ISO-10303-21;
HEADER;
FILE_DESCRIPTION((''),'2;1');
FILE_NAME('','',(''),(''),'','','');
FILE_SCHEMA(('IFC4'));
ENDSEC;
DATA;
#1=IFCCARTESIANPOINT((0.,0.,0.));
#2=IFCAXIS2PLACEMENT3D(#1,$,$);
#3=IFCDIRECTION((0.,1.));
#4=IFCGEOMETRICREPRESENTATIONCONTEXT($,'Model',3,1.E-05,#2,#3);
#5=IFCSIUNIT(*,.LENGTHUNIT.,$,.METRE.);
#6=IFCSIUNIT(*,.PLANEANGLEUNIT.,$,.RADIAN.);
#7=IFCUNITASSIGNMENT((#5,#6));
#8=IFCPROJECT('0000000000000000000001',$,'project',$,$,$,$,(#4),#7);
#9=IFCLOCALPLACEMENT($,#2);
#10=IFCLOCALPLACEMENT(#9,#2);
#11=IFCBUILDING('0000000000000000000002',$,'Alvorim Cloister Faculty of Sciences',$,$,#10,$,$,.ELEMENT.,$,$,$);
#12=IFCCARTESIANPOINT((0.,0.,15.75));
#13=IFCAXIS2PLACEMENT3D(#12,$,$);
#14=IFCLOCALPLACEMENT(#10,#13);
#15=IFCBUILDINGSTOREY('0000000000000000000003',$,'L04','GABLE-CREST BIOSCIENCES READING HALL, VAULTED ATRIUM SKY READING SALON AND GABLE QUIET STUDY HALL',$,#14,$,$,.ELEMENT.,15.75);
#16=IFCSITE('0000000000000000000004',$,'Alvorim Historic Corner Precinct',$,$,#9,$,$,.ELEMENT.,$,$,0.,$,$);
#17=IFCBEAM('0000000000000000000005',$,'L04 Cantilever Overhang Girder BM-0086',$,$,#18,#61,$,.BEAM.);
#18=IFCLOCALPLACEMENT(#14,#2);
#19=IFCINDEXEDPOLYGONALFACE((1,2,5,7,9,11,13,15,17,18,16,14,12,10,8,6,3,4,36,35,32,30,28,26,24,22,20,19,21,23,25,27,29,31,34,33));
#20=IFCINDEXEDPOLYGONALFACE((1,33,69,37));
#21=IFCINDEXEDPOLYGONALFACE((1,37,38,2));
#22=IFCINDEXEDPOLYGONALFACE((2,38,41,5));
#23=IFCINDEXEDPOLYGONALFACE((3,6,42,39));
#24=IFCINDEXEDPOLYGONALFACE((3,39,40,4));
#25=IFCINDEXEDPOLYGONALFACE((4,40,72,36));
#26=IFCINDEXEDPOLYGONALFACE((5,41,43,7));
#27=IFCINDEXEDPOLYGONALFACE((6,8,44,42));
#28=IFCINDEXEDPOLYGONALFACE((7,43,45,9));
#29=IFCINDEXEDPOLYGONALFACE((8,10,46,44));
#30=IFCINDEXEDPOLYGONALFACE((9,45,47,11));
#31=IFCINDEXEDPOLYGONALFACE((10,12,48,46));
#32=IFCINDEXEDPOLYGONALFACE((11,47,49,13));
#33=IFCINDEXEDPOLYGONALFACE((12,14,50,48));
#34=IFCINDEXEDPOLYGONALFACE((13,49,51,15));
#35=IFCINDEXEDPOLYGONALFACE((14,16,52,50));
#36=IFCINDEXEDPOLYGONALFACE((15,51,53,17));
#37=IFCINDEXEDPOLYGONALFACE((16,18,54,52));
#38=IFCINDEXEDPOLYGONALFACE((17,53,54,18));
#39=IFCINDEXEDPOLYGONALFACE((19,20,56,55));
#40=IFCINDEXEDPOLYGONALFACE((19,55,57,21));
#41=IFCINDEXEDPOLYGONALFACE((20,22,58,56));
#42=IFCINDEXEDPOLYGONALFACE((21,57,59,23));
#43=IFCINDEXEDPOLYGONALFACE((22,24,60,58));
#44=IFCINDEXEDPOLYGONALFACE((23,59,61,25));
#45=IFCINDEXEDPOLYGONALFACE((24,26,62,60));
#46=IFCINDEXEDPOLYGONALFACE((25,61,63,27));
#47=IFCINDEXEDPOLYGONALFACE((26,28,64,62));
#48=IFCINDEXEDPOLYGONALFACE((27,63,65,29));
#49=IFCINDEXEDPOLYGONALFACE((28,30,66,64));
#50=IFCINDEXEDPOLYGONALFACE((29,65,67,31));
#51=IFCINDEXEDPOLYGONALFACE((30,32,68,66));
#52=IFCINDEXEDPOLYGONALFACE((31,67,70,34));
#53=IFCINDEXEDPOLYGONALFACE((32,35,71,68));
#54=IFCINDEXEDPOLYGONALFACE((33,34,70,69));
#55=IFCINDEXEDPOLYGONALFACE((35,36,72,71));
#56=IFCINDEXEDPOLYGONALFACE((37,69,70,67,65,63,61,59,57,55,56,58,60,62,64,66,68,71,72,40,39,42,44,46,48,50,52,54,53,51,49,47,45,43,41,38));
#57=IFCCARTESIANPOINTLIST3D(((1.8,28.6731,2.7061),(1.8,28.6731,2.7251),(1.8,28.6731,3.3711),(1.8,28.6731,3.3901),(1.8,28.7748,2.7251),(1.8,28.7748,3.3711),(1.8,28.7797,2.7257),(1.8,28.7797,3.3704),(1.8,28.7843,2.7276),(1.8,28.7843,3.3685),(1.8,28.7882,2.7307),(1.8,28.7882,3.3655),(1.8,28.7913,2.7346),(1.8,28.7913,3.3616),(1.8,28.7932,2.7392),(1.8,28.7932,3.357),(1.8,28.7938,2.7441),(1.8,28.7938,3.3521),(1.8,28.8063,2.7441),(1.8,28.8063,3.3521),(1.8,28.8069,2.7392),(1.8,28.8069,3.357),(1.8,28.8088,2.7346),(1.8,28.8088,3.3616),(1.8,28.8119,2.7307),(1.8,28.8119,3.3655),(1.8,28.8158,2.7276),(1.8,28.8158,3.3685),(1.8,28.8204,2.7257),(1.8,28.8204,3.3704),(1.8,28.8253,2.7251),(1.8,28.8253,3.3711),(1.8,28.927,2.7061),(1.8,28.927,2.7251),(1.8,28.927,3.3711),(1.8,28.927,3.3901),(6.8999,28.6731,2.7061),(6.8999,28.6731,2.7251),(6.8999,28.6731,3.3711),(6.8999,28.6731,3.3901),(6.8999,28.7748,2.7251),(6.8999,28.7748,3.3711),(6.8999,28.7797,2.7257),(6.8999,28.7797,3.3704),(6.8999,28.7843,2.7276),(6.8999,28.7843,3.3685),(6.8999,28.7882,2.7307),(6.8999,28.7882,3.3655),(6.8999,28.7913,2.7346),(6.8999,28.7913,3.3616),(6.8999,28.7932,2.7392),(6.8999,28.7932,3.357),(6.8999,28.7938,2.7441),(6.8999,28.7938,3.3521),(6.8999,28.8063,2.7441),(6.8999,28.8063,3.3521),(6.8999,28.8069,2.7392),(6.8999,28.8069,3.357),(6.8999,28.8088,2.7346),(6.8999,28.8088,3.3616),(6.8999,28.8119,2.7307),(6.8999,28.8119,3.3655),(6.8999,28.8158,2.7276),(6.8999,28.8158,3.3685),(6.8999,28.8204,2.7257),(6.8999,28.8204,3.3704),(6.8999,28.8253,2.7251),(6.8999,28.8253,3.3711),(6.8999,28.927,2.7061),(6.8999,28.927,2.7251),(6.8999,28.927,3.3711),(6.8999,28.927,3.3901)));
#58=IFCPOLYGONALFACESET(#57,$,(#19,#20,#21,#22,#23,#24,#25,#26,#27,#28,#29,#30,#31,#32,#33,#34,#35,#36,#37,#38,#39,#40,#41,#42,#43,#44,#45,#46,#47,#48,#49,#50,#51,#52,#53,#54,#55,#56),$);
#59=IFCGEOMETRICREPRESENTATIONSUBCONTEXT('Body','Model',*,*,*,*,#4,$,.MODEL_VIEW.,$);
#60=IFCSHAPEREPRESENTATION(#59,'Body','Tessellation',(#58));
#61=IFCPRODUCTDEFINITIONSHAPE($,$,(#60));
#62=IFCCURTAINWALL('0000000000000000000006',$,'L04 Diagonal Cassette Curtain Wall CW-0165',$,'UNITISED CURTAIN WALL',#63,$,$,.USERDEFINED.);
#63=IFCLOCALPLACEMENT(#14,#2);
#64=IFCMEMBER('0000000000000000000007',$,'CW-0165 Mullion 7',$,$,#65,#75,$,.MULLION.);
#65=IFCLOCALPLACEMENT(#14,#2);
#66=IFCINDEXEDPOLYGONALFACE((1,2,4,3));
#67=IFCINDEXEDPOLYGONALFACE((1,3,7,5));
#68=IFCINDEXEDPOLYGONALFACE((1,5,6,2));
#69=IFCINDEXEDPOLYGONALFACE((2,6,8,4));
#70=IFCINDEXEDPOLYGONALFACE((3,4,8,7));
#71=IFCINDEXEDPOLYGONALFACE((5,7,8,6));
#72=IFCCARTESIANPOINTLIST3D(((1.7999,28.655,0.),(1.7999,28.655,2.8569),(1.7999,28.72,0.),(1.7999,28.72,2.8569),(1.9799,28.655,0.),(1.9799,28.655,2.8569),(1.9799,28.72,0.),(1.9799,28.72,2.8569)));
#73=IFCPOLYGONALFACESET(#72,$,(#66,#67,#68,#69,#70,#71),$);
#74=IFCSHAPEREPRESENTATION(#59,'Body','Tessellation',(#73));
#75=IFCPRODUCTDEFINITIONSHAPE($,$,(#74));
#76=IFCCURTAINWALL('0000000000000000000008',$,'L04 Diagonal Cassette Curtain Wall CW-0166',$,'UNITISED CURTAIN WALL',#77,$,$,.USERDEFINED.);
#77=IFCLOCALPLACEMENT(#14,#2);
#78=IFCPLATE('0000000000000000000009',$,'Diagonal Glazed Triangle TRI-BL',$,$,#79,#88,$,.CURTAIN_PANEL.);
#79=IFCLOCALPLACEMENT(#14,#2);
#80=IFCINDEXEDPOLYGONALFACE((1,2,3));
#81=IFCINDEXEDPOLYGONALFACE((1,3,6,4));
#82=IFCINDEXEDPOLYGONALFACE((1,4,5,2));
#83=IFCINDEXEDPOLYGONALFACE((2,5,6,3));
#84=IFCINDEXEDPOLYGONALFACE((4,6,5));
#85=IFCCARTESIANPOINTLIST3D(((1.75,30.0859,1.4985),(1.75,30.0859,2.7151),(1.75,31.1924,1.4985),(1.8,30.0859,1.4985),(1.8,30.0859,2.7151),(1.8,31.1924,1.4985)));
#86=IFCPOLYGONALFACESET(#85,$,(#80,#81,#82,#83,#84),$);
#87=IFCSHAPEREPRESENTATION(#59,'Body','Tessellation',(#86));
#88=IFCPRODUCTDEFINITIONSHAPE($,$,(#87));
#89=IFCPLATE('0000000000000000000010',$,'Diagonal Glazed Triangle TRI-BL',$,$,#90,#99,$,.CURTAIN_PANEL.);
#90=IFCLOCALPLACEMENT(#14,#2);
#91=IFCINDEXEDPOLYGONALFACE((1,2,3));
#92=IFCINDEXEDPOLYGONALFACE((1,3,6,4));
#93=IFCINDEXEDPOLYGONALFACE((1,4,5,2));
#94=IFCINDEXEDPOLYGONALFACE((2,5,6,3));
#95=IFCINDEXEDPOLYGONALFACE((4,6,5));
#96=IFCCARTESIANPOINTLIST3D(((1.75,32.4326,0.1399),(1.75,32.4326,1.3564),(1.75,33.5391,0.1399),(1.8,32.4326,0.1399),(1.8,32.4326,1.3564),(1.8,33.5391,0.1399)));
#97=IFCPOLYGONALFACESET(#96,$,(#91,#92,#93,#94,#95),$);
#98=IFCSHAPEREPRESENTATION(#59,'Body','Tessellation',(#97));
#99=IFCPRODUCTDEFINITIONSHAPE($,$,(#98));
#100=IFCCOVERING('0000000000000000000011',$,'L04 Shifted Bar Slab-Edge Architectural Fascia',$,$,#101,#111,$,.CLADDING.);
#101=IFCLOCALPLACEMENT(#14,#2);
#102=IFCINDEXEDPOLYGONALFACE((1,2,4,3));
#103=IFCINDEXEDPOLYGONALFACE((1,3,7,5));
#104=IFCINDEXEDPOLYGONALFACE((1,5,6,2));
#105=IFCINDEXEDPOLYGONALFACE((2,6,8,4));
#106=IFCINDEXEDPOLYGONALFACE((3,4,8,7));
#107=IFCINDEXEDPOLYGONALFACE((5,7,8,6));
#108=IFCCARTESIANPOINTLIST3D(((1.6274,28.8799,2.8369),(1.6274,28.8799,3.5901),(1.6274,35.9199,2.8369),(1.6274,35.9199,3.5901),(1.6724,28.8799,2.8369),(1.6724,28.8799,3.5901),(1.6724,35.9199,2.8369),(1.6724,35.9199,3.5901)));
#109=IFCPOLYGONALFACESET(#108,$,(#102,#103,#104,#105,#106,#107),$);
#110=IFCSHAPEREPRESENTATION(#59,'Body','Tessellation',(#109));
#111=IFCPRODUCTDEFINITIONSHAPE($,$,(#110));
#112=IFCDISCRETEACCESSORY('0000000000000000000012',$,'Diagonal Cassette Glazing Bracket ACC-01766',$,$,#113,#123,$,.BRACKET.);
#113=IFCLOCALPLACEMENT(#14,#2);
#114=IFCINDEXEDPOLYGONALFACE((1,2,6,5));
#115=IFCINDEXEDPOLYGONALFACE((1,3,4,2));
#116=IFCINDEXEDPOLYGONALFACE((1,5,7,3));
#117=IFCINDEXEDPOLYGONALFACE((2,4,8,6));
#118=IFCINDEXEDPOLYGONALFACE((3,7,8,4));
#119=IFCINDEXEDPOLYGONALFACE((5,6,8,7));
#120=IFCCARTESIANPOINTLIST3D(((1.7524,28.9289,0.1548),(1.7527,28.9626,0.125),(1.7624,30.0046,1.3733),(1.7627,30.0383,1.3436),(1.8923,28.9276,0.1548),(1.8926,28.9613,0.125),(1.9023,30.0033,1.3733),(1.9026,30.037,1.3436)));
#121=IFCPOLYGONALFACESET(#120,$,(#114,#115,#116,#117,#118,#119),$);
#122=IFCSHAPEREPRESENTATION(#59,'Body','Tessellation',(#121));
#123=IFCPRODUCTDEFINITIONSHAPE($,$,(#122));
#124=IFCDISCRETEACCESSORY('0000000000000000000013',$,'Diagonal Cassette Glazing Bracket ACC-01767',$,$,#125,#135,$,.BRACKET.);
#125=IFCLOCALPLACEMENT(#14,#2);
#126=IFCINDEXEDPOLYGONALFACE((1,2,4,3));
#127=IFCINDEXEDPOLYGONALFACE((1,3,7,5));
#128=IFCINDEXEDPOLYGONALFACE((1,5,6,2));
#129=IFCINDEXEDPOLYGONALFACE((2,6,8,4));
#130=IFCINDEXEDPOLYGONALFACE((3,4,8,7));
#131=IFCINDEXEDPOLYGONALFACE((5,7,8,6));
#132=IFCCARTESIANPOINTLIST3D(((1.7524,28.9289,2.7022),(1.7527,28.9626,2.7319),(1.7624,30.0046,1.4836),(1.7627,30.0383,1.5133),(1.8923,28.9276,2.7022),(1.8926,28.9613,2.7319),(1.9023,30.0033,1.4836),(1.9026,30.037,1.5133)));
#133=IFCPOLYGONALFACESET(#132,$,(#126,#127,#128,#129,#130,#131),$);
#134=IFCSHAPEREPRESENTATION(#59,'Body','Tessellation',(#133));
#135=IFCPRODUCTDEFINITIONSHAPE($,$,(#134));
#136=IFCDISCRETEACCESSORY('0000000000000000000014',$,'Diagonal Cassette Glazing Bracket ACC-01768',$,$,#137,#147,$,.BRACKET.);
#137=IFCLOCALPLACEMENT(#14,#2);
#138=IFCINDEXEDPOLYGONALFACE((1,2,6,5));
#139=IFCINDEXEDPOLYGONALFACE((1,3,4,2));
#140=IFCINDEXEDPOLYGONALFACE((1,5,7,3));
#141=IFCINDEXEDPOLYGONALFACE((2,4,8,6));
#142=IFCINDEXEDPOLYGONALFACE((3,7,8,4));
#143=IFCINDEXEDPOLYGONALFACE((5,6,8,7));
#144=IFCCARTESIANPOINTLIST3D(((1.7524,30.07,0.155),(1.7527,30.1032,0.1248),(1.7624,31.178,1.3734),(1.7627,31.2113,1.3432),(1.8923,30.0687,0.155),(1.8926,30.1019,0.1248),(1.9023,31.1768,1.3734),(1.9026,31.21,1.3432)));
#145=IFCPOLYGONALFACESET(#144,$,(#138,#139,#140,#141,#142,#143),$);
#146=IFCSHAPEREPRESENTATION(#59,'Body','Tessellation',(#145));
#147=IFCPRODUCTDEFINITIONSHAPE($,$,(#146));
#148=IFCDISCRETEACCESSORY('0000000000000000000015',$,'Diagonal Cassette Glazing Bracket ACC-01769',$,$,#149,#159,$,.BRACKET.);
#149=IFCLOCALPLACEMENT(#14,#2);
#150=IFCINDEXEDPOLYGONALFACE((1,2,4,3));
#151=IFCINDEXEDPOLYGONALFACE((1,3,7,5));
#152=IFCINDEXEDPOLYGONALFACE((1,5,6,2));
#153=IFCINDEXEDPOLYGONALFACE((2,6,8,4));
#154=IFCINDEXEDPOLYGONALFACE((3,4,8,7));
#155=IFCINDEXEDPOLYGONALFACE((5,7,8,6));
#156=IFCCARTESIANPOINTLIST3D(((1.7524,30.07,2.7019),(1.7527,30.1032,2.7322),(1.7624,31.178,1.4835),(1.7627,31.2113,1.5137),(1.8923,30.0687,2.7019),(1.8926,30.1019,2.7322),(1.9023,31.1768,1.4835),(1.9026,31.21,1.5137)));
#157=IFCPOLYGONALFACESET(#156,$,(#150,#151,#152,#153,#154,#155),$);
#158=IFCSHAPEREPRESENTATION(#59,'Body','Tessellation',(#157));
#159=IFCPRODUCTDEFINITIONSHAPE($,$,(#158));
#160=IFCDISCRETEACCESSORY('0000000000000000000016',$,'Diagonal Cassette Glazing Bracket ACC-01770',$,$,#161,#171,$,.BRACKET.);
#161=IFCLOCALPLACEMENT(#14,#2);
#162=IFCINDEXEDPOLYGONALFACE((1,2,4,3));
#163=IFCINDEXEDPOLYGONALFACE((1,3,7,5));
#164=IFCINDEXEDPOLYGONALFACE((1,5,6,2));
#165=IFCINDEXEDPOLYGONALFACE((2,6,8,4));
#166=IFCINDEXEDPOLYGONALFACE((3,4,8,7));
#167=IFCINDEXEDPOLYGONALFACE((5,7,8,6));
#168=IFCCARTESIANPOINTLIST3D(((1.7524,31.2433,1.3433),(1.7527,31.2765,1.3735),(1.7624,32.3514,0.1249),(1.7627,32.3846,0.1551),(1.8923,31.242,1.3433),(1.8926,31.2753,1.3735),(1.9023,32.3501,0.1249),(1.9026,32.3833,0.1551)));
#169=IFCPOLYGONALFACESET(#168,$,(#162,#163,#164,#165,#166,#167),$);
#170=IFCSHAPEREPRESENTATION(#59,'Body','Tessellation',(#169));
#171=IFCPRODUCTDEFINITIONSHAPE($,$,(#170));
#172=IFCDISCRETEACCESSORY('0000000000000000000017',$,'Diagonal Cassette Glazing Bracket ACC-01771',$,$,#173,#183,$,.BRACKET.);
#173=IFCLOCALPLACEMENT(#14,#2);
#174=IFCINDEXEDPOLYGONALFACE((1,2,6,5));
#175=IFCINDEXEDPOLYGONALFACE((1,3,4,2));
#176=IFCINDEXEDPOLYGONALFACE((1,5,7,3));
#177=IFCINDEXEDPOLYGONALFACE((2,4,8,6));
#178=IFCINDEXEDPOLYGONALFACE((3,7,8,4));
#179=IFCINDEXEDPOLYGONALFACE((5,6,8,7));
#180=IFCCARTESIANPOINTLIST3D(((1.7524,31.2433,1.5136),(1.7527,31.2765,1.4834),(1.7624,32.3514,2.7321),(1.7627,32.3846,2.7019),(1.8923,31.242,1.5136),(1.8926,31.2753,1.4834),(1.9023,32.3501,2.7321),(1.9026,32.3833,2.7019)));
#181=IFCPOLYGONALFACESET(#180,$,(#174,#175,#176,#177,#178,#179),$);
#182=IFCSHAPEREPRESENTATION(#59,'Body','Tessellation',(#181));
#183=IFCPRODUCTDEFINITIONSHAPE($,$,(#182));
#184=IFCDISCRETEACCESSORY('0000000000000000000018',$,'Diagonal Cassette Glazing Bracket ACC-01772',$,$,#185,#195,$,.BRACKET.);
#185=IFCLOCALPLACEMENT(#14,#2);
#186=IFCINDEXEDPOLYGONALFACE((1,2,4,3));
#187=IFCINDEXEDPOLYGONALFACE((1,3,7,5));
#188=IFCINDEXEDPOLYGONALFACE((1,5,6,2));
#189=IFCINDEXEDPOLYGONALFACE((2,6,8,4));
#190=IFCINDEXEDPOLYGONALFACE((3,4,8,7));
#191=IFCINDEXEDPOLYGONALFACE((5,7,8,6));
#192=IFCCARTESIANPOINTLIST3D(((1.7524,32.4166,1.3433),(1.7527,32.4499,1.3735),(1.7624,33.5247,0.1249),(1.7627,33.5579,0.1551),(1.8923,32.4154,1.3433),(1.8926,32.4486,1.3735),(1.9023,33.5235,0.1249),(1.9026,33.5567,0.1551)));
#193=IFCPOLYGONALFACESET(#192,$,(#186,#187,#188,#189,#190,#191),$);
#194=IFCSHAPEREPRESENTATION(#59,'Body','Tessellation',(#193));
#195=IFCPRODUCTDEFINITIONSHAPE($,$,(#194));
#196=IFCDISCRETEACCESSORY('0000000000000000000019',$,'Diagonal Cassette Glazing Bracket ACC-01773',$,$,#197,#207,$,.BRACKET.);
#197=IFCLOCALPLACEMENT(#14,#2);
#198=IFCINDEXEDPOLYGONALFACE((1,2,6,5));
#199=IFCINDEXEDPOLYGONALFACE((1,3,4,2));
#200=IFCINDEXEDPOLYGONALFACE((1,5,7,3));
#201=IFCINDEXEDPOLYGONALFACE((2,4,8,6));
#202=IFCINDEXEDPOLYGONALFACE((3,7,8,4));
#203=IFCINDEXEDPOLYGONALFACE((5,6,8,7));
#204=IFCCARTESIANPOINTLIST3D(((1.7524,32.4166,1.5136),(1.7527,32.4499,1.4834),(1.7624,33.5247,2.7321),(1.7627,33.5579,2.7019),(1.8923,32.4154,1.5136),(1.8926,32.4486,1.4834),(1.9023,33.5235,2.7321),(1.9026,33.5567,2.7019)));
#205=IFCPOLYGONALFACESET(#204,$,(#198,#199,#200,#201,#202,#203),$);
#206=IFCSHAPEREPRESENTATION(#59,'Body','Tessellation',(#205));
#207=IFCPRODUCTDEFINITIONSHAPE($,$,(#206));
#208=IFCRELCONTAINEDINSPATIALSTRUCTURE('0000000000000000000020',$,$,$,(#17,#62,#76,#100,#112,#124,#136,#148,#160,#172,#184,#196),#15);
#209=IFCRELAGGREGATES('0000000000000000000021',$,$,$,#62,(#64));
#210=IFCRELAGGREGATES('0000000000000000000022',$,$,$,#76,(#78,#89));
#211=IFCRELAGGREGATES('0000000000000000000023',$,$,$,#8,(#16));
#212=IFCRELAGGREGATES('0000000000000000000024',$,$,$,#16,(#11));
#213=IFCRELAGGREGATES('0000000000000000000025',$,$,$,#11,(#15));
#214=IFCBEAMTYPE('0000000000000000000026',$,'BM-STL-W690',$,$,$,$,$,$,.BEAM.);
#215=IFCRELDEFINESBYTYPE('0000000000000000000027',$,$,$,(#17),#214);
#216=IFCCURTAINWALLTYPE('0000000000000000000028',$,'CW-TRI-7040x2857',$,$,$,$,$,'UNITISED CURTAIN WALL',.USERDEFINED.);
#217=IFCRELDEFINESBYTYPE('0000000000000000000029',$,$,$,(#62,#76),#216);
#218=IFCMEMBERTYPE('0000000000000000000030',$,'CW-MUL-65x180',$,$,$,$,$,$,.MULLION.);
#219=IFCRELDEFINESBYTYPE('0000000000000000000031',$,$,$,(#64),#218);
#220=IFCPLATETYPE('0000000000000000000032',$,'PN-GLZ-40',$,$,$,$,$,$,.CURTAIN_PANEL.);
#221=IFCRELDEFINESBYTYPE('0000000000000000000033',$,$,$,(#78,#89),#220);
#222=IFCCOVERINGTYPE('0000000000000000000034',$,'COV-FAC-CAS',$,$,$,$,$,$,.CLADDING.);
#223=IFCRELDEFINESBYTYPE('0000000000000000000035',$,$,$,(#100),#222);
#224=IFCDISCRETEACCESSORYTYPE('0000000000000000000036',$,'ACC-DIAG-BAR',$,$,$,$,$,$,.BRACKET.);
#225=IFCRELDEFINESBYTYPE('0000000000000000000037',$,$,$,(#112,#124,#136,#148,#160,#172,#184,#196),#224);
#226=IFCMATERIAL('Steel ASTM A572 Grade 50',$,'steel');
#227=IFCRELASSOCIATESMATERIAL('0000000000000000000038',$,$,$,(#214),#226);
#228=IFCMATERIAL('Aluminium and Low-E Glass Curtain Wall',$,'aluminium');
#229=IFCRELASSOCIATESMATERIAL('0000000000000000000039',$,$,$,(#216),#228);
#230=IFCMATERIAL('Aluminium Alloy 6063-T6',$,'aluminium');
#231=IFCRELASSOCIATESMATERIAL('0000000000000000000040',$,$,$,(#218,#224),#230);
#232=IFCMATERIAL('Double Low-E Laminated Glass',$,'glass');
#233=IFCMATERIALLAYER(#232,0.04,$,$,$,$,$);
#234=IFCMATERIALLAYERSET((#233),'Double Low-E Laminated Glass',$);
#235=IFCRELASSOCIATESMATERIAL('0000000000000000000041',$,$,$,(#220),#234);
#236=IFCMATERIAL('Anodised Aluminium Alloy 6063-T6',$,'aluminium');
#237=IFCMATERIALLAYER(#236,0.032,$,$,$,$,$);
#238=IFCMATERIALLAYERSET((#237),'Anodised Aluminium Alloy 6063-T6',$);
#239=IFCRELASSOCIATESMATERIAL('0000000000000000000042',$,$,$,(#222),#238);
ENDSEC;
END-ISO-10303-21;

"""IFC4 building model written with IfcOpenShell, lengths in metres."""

from ifc_helpers import new_model, si_unit, direction, frame, origin, origin_2d, place, context, subcontext, project, spatial, polyline, rectangle, i_section, outline, extrude, material, layer, layer_set, material_profile, profile_set, type_object, element, aggregate, save


model = new_model("IFC4")

# Units and contexts
model_context = context("Model", 3, precision=1e-05, world=origin(), true_north=direction((0.0, 1.0)))
body_context = subcontext(model_context, "Body", "Model", "MODEL_VIEW")
ifc_project = project(units=[si_unit("LENGTHUNIT", "METRE"), si_unit("PLANEANGLEUNIT", "RADIAN")], contexts=[model_context])

# Site, building, storey
site_placement = place(None, origin())
site = spatial("IfcSite", under=ifc_project, at=site_placement, Name="Alvorim Historic Corner Precinct", CompositionType="ELEMENT", RefElevation=0.0)
building_placement = place(site_placement, origin())
building = spatial("IfcBuilding", under=site, at=building_placement, Name="Alvorim Cloister Faculty of Sciences", CompositionType="ELEMENT")
storey_placement = place(building_placement, frame((0.0, 0.0, 15.75)))
storey = spatial("IfcBuildingStorey", under=building, at=storey_placement, Name="L04", Description="GABLE-CREST BIOSCIENCES READING HALL, VAULTED ATRIUM SKY READING SALON AND GABLE QUIET STUDY HALL", CompositionType="ELEMENT", Elevation=15.75)

# Beam
ifc_material_1 = material(Name="Steel ASTM A572 Grade 50", Category="steel")
ifc_material_profile_1 = material_profile(ifc_material_1, i_section(OverallWidth=0.2539, OverallDepth=0.6841, WebThickness=0.0125, FlangeThickness=0.019, FilletRadius=0.019, at=origin_2d()), Name="W690x140.0")
ifc_profile_set_1 = profile_set([ifc_material_profile_1], Name="Steel ASTM A572 Grade 50")
beam_type = type_object("IfcBeamType", Name="BM-STL-W690", PredefinedType="BEAM", material=ifc_profile_set_1)
beam_placement = place(storey_placement, frame((1.8, 28.8, 3.0481), z_axis=(1.0, 0.0, 0.0), x_axis=(0.0, 1.0, 0.0)))
element("IfcBeam", 1, at=beam_placement, inside=storey, type_object=beam_type, Name="L04 Cantilever Overhang Girder BM-0086", PredefinedType="BEAM", context=body_context, shape_type="SweptSolid", body=[
    extrude(i_section(OverallWidth=0.2539, OverallDepth=0.6841, WebThickness=0.0125, FlangeThickness=0.019, FilletRadius=0.019, at=origin_2d()), origin(), (0.0, 0.0, 1.0), 5.0999),
])

# Curtain wall, member
ifc_material_2 = material(Name="Aluminium and Low-E Glass Curtain Wall", Category="aluminium")
curtain_wall_type = type_object("IfcCurtainWallType", Name="CW-TRI-7040x2857", ElementType="UNITISED CURTAIN WALL", PredefinedType="USERDEFINED", material=ifc_material_2)
curtain_wall_1_placement = place(storey_placement, origin())
curtain_wall_1 = element("IfcCurtainWall", 2, at=curtain_wall_1_placement, inside=storey, type_object=curtain_wall_type, Name="L04 Diagonal Cassette Curtain Wall CW-0165", ObjectType="UNITISED CURTAIN WALL", PredefinedType="USERDEFINED")
ifc_material_3 = material(Name="Aluminium Alloy 6063-T6", Category="aluminium")
ifc_material_profile_2 = material_profile(ifc_material_3, rectangle(XDim=0.0649, YDim=0.1799, at=origin_2d()), Name="ALU-MUL-65x180")
ifc_profile_set_2 = profile_set([ifc_material_profile_2], Name="Aluminium Alloy 6063-T6")
member_type = type_object("IfcMemberType", Name="CW-MUL-65x180", PredefinedType="MULLION", material=ifc_profile_set_2)
member_placement = place(storey_placement, frame((1.8899, 28.6875, 0.0), z_axis=(0.0, 0.0, 1.0), x_axis=(0.0, 1.0, 0.0)))
member = element("IfcMember", 3, at=member_placement, type_object=member_type, Name="CW-0165 Mullion 7", PredefinedType="MULLION", context=body_context, shape_type="SweptSolid", body=[
    extrude(rectangle(XDim=0.0649, YDim=0.1799, at=origin_2d()), origin(), (0.0, 0.0, 1.0), 2.8569),
])
aggregate(curtain_wall_1, [member])

# Curtain wall, plates
curtain_wall_2_placement = place(storey_placement, origin())
curtain_wall_2 = element("IfcCurtainWall", 4, at=curtain_wall_2_placement, inside=storey, type_object=curtain_wall_type, Name="L04 Diagonal Cassette Curtain Wall CW-0166", ObjectType="UNITISED CURTAIN WALL", PredefinedType="USERDEFINED")
ifc_material_4 = material(Name="Double Low-E Laminated Glass", Category="glass")
ifc_layer_1 = layer(ifc_material_4, 0.04)
ifc_layer_set_1 = layer_set([ifc_layer_1], Name="Double Low-E Laminated Glass")
plate_type = type_object("IfcPlateType", Name="PN-GLZ-40", PredefinedType="CURTAIN_PANEL", material=ifc_layer_set_1)
plate_1_placement = place(storey_placement, frame((1.7749, 30.0859, 1.4985), z_axis=(0.0, 0.0, 1.0), x_axis=(0.0, 1.0, 0.0)))
plate_1 = element("IfcPlate", 5, at=plate_1_placement, type_object=plate_type, Name="Diagonal Glazed Triangle TRI-BL", PredefinedType="CURTAIN_PANEL", context=body_context, shape_type="SweptSolid", body=[
    extrude(outline(polyline([(0.0, 0.0), (1.1064, 0.0), (0.0, 1.2166), (0.0, 0.0)])), frame((0.0, 0.0249, 0.0), z_axis=(0.0, -1.0, 0.0), x_axis=(1.0, 0.0, 0.0)), (0.0, 0.0, 1.0), 0.05),
])
plate_2_placement = place(storey_placement, frame((1.7749, 32.4326, 0.1399), z_axis=(0.0, 0.0, 1.0), x_axis=(0.0, 1.0, 0.0)))
plate_2 = element("IfcPlate", 6, at=plate_2_placement, type_object=plate_type, Name="Diagonal Glazed Triangle TRI-BL", PredefinedType="CURTAIN_PANEL", context=body_context, shape_type="SweptSolid", body=[
    extrude(outline(polyline([(0.0, 0.0), (1.1064, 0.0), (0.0, 1.2166), (0.0, 0.0)])), frame((0.0, 0.0249, 0.0), z_axis=(0.0, -1.0, 0.0), x_axis=(1.0, 0.0, 0.0)), (0.0, 0.0, 1.0), 0.05),
])
aggregate(curtain_wall_2, [plate_1, plate_2])

# Covering
ifc_material_5 = material(Name="Anodised Aluminium Alloy 6063-T6", Category="aluminium")
ifc_layer_2 = layer(ifc_material_5, 0.032)
ifc_layer_set_2 = layer_set([ifc_layer_2], Name="Anodised Aluminium Alloy 6063-T6")
covering_type = type_object("IfcCoveringType", Name="COV-FAC-CAS", PredefinedType="CLADDING", material=ifc_layer_set_2)
covering_placement = place(storey_placement, frame((1.6499, 28.8799, 2.8369), z_axis=(0.0, 0.0, 1.0), x_axis=(0.0, 1.0, 0.0)))
element("IfcCovering", 7, at=covering_placement, inside=storey, type_object=covering_type, Name="L04 Shifted Bar Slab-Edge Architectural Fascia", PredefinedType="CLADDING", context=body_context, shape_type="SweptSolid", body=[
    extrude(outline(polyline([(0.0, 0.0), (7.04, 0.0), (7.04, 0.7532), (0.0, 0.7532), (0.0, 0.0)])), frame((0.0, 0.0225, 0.0), z_axis=(0.0, -1.0, 0.0), x_axis=(1.0, 0.0, 0.0)), (0.0, 0.0, 1.0), 0.0449),
])

# Discrete accessories
discrete_accessory_type = type_object("IfcDiscreteAccessoryType", Name="ACC-DIAG-BAR", PredefinedType="BRACKET", material=ifc_material_3)
for number, where, z_axis, x_axis, name in (
    (8, (1.8225, 28.9451, 0.1399), (0.006158, 0.661793, 0.749661), (-0.999957, 0.009305, 0.0), "Diagonal Cassette Glazing Bracket ACC-01766"),
    (9, (1.8225, 28.9451, 2.717), (0.006158, 0.661793, -0.749661), (-0.999957, 0.009305, 0.0), "Diagonal Cassette Glazing Bracket ACC-01767"),
):
    element("IfcDiscreteAccessory", number, at=place(storey_placement, frame(where, z_axis=z_axis, x_axis=x_axis)), inside=storey, type_object=discrete_accessory_type, Name=name, PredefinedType="BRACKET", context=body_context, shape_type="SweptSolid", body=[
        extrude(rectangle(XDim=0.1399, YDim=0.0449, at=origin_2d()), origin(), (0.0, 0.0, 1.0), 1.6255),
    ])
for number, where, z_axis, x_axis, name in (
    (10, (1.8225, 30.0859, 0.1399), (0.006077, 0.672801, 0.739799), (-0.999959, 0.009032, 0.0), "Diagonal Cassette Glazing Bracket ACC-01768"),
    (11, (1.8225, 30.0859, 2.717), (0.006077, 0.672801, -0.739799), (-0.999959, 0.009032, 0.0), "Diagonal Cassette Glazing Bracket ACC-01769"),
    (12, (1.8225, 31.2593, 1.3584), (0.006077, 0.672801, -0.739799), (-0.999959, 0.009032, 0.0), "Diagonal Cassette Glazing Bracket ACC-01770"),
    (13, (1.8225, 31.2593, 1.4985), (0.006077, 0.672801, 0.739799), (-0.999959, 0.009032, 0.0), "Diagonal Cassette Glazing Bracket ACC-01771"),
    (14, (1.8225, 32.4326, 1.3584), (0.006077, 0.672801, -0.739799), (-0.999959, 0.009032, 0.0), "Diagonal Cassette Glazing Bracket ACC-01772"),
    (15, (1.8225, 32.4326, 1.4985), (0.006077, 0.672801, 0.739799), (-0.999959, 0.009032, 0.0), "Diagonal Cassette Glazing Bracket ACC-01773"),
):
    element("IfcDiscreteAccessory", number, at=place(storey_placement, frame(where, z_axis=z_axis, x_axis=x_axis)), inside=storey, type_object=discrete_accessory_type, Name=name, PredefinedType="BRACKET", context=body_context, shape_type="SweptSolid", body=[
        extrude(rectangle(XDim=0.1399, YDim=0.0449, at=origin_2d()), origin(), (0.0, 0.0, 1.0), 1.647),
    ])

save(model, "model.ifc")
